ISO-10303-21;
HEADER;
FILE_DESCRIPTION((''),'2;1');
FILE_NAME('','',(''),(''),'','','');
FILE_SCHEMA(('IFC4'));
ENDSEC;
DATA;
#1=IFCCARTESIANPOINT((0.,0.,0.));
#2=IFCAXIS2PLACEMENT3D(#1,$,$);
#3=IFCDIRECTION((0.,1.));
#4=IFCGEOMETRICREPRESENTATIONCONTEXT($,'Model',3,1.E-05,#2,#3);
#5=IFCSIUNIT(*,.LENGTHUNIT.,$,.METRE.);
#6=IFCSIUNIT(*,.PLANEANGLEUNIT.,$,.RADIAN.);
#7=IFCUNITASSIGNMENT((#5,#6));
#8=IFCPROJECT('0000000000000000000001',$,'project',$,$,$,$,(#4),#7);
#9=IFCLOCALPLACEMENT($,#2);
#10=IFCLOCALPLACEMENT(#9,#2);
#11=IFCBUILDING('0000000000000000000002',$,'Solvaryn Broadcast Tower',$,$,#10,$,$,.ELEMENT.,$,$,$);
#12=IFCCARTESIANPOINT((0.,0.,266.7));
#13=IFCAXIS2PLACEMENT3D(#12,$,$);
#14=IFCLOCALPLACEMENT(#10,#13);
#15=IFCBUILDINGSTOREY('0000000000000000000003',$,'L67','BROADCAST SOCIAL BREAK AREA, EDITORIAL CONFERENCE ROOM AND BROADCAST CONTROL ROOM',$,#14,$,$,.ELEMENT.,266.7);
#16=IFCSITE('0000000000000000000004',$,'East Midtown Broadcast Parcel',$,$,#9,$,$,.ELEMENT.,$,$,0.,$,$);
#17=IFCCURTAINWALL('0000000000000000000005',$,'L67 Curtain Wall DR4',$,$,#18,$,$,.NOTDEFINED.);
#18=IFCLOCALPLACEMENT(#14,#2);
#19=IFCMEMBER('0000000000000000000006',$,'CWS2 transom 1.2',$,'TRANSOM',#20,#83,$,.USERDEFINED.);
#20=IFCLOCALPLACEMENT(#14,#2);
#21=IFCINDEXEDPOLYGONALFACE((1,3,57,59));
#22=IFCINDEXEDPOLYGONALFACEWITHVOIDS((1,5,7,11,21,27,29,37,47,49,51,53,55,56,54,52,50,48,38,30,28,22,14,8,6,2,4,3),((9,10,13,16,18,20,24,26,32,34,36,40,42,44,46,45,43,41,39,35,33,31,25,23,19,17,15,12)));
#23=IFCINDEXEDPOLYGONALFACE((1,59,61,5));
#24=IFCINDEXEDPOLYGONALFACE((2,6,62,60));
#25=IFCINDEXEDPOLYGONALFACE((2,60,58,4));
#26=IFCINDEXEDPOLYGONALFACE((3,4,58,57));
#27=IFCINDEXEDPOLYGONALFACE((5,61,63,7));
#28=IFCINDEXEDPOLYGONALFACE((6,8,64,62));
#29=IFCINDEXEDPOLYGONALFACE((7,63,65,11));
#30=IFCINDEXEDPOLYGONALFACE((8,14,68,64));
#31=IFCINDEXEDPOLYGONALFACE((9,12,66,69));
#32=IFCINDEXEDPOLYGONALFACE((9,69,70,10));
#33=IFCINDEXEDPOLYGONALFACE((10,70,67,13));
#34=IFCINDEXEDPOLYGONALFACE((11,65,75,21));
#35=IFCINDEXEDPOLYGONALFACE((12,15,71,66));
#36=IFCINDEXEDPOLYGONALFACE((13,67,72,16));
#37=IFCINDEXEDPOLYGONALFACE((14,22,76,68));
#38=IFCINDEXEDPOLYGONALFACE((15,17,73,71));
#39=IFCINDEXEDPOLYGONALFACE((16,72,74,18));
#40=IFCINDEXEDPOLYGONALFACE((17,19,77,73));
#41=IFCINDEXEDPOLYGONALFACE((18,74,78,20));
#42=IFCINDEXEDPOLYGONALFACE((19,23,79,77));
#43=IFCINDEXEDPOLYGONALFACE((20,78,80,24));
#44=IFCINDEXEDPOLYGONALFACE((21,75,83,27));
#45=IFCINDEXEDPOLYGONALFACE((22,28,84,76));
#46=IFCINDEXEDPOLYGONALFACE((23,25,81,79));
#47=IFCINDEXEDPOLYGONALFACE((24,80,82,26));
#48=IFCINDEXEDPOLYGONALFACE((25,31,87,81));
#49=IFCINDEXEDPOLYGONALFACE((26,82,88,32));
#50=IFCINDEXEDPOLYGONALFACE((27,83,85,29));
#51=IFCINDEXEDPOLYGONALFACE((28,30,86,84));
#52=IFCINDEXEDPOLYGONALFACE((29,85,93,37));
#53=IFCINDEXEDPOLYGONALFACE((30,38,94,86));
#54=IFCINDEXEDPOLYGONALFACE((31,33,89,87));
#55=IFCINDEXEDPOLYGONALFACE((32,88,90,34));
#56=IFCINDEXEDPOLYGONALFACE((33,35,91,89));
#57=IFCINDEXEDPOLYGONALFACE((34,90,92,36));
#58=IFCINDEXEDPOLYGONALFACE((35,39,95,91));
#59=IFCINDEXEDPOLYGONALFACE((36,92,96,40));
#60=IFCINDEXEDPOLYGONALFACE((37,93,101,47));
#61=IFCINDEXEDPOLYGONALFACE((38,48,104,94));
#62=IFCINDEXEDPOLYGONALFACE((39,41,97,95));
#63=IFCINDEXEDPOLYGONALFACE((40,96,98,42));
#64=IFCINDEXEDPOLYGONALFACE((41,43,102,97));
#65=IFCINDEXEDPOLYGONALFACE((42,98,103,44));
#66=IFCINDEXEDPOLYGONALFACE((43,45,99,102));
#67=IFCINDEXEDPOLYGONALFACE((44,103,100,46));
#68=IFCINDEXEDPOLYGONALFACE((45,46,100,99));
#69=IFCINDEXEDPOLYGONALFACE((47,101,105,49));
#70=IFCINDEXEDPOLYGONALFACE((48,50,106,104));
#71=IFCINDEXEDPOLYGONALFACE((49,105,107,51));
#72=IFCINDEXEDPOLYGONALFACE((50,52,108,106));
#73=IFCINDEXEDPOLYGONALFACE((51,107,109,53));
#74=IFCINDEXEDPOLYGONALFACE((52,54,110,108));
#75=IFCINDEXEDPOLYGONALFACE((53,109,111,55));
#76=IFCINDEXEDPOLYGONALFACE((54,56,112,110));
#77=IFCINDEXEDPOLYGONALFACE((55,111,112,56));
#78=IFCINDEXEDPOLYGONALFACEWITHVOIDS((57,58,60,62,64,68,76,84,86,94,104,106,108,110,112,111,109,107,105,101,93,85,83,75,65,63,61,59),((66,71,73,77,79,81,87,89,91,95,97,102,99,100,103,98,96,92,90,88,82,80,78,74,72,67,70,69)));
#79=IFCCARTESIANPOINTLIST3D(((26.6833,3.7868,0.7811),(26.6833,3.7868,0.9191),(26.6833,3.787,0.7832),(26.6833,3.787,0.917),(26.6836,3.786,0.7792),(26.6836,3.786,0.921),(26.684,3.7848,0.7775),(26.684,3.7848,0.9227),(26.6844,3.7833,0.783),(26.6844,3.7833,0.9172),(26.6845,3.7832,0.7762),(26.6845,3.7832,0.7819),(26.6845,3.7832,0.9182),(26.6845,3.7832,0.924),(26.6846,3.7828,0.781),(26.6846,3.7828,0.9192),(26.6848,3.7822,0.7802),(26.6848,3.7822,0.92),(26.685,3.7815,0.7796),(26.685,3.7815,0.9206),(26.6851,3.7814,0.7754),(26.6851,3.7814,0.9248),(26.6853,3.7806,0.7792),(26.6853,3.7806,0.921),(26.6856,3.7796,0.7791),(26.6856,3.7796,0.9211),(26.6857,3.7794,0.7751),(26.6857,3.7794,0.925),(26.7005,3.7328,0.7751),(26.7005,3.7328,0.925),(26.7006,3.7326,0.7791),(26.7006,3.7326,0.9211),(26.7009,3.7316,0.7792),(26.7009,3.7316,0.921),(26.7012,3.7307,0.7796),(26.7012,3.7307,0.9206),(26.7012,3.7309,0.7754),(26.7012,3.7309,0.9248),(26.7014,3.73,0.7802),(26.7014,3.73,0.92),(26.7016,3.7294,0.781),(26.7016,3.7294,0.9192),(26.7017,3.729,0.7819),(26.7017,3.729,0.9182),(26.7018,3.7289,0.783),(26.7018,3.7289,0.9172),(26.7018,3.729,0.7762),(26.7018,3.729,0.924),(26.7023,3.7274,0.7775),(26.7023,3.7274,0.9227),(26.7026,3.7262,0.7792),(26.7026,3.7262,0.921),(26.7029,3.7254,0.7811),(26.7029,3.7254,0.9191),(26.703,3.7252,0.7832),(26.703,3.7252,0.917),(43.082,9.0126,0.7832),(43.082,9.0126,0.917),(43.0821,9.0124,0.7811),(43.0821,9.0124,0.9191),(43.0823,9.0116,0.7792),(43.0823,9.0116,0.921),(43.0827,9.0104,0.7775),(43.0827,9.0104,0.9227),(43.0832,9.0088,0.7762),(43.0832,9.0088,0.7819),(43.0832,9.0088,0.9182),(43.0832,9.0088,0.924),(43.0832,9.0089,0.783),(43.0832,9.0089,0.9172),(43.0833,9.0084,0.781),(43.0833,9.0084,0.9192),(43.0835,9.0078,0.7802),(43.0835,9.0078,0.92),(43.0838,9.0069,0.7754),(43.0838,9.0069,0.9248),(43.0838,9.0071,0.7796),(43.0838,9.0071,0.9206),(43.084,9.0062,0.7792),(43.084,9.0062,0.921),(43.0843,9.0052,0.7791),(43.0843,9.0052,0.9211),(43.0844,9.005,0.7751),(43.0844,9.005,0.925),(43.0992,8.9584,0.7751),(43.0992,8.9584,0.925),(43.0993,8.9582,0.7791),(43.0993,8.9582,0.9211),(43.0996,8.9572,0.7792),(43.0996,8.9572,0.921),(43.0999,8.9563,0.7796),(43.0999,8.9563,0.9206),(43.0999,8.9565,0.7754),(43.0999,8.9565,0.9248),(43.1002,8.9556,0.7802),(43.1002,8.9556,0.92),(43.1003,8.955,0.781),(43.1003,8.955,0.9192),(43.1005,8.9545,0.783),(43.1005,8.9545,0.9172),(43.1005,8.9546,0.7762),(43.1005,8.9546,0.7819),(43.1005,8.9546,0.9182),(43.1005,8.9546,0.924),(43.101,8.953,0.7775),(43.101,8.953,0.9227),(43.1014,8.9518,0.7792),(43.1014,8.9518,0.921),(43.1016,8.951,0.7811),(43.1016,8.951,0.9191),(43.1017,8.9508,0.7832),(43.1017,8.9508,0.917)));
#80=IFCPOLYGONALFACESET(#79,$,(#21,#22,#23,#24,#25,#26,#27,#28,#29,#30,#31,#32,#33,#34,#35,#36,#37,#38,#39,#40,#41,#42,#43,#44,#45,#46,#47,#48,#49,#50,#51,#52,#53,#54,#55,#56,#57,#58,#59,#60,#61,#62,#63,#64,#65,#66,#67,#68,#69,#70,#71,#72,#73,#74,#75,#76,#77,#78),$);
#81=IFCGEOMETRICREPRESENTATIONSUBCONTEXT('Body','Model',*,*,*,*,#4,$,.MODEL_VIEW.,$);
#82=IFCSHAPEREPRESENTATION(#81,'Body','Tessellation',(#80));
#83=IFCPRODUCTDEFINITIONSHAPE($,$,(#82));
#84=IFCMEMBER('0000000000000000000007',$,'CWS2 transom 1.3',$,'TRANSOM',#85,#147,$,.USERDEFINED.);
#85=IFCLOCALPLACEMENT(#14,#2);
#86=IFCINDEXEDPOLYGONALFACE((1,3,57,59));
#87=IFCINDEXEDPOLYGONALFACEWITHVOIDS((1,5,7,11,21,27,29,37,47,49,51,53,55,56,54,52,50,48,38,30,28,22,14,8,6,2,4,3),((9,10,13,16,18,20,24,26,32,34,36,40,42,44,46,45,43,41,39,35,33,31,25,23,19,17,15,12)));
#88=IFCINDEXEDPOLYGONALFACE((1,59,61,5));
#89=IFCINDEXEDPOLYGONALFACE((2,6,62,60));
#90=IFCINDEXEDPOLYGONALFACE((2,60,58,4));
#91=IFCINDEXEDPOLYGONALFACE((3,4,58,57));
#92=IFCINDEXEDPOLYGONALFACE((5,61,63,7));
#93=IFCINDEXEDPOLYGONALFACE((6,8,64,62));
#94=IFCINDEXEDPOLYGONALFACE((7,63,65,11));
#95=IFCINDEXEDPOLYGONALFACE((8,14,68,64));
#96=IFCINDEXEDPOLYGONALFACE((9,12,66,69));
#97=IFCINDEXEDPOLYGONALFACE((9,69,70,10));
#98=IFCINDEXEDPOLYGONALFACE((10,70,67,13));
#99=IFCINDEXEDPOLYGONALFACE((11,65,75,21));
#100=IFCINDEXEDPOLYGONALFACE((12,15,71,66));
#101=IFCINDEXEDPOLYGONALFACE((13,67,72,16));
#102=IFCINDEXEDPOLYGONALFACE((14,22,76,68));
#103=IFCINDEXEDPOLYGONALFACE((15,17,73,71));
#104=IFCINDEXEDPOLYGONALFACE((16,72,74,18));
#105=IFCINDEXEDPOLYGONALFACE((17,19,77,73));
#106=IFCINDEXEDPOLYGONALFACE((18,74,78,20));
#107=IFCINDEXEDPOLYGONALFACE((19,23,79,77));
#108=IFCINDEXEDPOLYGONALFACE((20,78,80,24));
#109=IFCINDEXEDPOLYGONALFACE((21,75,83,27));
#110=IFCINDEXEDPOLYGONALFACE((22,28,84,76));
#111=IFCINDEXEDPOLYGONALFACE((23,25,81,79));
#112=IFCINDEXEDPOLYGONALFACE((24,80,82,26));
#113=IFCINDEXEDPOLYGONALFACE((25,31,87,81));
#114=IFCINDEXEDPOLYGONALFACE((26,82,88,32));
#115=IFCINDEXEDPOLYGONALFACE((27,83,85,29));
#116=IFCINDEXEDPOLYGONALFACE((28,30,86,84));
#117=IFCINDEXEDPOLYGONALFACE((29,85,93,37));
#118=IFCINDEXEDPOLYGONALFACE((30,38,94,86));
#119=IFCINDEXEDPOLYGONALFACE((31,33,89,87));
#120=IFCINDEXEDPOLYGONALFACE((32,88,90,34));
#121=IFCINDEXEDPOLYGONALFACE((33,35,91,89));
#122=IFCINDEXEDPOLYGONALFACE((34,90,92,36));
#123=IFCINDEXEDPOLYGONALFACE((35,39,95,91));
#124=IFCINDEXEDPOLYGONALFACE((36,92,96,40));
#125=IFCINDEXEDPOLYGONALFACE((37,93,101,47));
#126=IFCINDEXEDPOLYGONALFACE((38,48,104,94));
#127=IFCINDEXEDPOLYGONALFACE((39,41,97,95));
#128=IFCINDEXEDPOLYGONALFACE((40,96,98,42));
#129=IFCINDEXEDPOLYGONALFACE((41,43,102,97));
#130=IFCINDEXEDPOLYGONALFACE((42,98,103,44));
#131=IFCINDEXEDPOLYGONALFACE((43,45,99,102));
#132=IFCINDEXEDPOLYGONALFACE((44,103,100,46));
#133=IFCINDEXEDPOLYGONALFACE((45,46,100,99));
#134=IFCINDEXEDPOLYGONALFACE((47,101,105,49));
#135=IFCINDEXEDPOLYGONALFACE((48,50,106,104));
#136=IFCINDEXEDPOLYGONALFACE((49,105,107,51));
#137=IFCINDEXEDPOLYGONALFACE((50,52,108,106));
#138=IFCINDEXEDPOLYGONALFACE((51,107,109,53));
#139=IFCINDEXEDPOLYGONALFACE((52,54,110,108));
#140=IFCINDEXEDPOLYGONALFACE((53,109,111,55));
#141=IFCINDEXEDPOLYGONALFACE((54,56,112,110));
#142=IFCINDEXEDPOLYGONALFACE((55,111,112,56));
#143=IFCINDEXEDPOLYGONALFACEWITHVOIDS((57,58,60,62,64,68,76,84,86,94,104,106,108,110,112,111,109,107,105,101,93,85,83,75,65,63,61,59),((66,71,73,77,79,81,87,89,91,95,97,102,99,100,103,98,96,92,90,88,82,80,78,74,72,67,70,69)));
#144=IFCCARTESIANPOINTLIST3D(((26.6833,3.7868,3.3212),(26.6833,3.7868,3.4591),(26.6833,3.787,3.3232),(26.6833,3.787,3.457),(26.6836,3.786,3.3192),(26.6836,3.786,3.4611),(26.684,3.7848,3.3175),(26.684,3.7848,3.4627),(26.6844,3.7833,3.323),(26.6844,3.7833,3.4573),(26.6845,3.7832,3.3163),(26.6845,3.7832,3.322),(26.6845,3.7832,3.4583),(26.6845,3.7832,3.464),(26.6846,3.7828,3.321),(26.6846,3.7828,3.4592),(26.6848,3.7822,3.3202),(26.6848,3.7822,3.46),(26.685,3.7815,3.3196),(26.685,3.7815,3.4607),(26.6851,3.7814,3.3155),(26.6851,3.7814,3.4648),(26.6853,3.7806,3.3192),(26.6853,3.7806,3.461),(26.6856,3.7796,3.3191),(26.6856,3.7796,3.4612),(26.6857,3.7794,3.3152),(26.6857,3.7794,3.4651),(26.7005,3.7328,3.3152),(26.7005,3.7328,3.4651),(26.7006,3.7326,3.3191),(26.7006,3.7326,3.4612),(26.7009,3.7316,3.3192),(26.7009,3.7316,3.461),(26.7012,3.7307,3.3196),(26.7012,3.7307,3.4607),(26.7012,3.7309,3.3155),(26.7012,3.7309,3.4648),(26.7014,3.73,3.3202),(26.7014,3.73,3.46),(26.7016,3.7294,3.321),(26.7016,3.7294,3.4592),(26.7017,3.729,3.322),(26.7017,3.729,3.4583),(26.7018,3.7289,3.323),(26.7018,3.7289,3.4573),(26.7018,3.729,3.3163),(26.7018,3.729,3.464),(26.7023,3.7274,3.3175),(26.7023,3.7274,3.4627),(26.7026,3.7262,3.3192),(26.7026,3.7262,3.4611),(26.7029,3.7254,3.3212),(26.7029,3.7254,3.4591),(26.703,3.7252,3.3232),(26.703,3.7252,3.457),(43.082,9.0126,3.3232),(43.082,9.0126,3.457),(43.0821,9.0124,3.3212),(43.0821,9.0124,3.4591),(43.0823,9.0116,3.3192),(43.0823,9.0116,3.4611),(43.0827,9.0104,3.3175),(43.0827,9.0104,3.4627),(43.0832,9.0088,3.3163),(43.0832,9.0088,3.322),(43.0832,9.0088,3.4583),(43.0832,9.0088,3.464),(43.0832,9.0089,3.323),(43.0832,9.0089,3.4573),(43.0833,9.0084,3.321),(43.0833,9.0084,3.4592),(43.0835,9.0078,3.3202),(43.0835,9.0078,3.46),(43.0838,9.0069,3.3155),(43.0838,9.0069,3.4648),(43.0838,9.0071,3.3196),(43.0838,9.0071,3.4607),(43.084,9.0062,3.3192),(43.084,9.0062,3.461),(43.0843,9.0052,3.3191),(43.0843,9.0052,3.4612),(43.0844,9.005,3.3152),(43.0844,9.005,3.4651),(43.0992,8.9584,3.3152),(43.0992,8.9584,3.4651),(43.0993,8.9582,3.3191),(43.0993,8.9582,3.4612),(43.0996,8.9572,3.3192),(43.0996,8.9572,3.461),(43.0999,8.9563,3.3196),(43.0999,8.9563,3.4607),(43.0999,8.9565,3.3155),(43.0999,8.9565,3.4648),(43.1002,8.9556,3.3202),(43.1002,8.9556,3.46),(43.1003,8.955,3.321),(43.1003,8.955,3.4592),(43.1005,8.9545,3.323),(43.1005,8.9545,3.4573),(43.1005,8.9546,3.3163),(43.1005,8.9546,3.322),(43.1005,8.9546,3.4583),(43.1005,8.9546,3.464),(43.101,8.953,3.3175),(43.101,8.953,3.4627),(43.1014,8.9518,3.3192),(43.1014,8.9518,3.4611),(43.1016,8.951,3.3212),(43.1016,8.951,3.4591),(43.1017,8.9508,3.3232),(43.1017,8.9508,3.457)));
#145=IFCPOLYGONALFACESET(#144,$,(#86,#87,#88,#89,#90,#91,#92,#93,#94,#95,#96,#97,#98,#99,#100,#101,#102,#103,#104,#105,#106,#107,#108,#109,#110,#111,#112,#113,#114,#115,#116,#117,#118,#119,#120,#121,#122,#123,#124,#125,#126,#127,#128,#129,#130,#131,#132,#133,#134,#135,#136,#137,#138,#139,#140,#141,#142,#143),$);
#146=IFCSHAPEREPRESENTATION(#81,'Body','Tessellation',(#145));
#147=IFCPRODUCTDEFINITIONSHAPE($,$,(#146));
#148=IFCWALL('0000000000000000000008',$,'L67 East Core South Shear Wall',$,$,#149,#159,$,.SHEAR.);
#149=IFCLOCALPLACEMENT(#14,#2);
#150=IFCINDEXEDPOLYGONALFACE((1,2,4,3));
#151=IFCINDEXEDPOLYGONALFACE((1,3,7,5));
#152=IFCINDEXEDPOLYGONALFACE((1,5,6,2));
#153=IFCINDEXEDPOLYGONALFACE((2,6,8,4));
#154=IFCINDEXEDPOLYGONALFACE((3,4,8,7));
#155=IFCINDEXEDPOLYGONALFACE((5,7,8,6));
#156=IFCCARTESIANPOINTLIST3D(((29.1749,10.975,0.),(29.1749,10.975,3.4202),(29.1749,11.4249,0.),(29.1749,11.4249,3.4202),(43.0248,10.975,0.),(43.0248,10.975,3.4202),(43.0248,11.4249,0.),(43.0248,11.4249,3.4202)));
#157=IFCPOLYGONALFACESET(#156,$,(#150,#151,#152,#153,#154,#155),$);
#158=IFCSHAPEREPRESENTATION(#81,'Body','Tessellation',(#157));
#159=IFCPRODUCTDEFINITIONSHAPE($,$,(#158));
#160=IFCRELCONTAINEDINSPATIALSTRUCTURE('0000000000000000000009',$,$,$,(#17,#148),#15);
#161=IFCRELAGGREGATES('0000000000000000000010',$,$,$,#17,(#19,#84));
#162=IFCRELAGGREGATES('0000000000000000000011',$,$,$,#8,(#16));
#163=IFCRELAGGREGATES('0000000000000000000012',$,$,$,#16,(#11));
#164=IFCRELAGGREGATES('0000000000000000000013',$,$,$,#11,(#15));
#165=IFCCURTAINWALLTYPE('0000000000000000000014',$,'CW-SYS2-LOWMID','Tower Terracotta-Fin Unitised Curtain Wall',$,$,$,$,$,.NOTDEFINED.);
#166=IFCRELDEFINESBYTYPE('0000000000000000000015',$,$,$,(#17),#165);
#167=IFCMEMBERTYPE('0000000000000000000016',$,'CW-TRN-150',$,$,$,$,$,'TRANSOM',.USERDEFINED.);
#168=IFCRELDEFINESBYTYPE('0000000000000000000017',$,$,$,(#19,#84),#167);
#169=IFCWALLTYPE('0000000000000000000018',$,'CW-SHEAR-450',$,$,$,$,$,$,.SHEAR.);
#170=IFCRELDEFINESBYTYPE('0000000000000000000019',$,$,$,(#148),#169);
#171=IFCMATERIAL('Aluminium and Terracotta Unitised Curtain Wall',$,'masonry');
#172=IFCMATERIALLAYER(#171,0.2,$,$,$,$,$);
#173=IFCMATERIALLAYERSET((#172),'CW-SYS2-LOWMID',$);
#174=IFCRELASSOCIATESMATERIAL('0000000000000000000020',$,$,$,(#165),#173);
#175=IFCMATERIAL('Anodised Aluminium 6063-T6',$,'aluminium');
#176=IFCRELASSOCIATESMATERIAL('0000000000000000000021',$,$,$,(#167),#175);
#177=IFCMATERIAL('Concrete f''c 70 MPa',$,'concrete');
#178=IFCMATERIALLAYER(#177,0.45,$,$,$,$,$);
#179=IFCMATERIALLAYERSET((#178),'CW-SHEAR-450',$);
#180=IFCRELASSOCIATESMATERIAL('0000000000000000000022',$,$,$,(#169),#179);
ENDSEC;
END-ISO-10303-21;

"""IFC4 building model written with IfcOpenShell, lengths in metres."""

from ifc_helpers import new_model, si_unit, direction, frame, frame_2d, origin, origin_2d, place, context, subcontext, project, spatial, rectangle, hollow_rectangle, extrude, material, layer, layer_set, material_profile, profile_set, type_object, element, aggregate, save


model = new_model("IFC4")

# Units and contexts
model_context = context("Model", 3, precision=1e-05, world=origin(), true_north=direction((0.0, 1.0)))
body_context = subcontext(model_context, "Body", "Model", "MODEL_VIEW")
ifc_project = project(units=[si_unit("LENGTHUNIT", "METRE"), si_unit("PLANEANGLEUNIT", "RADIAN")], contexts=[model_context])

# Site, building, storey
site_placement = place(None, origin())
site = spatial("IfcSite", under=ifc_project, at=site_placement, Name="East Midtown Broadcast Parcel", CompositionType="ELEMENT", RefElevation=0.0)
building_placement = place(site_placement, origin())
building = spatial("IfcBuilding", under=site, at=building_placement, Name="Solvaryn Broadcast Tower", CompositionType="ELEMENT")
storey_placement = place(building_placement, frame((0.0, 0.0, 266.7)))
storey = spatial("IfcBuildingStorey", under=building, at=storey_placement, Name="L67", Description="BROADCAST SOCIAL BREAK AREA, EDITORIAL CONFERENCE ROOM AND BROADCAST CONTROL ROOM", CompositionType="ELEMENT", Elevation=266.7)

# Shared definitions
ifc_material_1 = material(Name="Aluminium and Terracotta Unitised Curtain Wall", Category="masonry")
ifc_layer_1 = layer(ifc_material_1, 0.2)
ifc_layer_set_1 = layer_set([ifc_layer_1], Name="CW-SYS2-LOWMID")
curtain_wall_type = type_object("IfcCurtainWallType", Name="CW-SYS2-LOWMID", Description="Tower Terracotta-Fin Unitised Curtain Wall", PredefinedType="NOTDEFINED", material=ifc_layer_set_1)

# Curtain wall, members
curtain_wall_1_placement = place(storey_placement, origin())
curtain_wall_1 = element("IfcCurtainWall", 1, at=curtain_wall_1_placement, inside=storey, type_object=curtain_wall_type, Name="L67 Curtain Wall DR4", PredefinedType="NOTDEFINED")
ifc_material_2 = material(Name="Anodised Aluminium 6063-T6", Category="aluminium")
ifc_material_profile_1 = material_profile(ifc_material_2, hollow_rectangle(XDim=0.0649, YDim=0.1499, WallThickness=0.0039, InnerFilletRadius=0.0039, OuterFilletRadius=0.0081, at=origin_2d()))
ifc_profile_set_1 = profile_set([ifc_material_profile_1], Name="Anodised Aluminium 6063-T6")
member_type_1 = type_object("IfcMemberType", Name="CW-TRN-150", ElementType="TRANSOM", PredefinedType="USERDEFINED", material=ifc_profile_set_1)
member_1_placement = place(storey_placement, frame((26.6931, 3.7561, 0.8501), z_axis=(0.952794, 0.303616, 0.0), x_axis=(-0.303616, 0.952794, 0.0)))
member_1 = element("IfcMember", 2, at=member_1_placement, type_object=member_type_1, Name="CWS2 transom 1.2", ObjectType="TRANSOM", PredefinedType="USERDEFINED", context=body_context, shape_type="SweptSolid", body=[
    extrude(hollow_rectangle(XDim=0.0649, YDim=0.1499, WallThickness=0.0039, InnerFilletRadius=0.0039, OuterFilletRadius=0.0081, at=origin_2d()), origin(), (0.0, 0.0, 1.0), 17.2112),
])
member_2_placement = place(storey_placement, frame((26.6931, 3.7561, 3.3901), z_axis=(0.952794, 0.303616, 0.0), x_axis=(-0.303616, 0.952794, 0.0)))
member_2 = element("IfcMember", 3, at=member_2_placement, type_object=member_type_1, Name="CWS2 transom 1.3", ObjectType="TRANSOM", PredefinedType="USERDEFINED", context=body_context, shape_type="SweptSolid", body=[
    extrude(hollow_rectangle(XDim=0.0649, YDim=0.1499, WallThickness=0.0039, InnerFilletRadius=0.0039, OuterFilletRadius=0.0081, at=origin_2d()), origin(), (0.0, 0.0, 1.0), 17.2112),
])
aggregate(curtain_wall_1, [member_1, member_2])

# Wall
ifc_material_3 = material(Name="Concrete f'c 70 MPa", Category="concrete")
ifc_layer_2 = layer(ifc_material_3, 0.45)
ifc_layer_set_2 = layer_set([ifc_layer_2], Name="CW-SHEAR-450")
wall_type_1 = type_object("IfcWallType", Name="CW-SHEAR-450", PredefinedType="SHEAR", material=ifc_layer_set_2)
wall_1_placement = place(storey_placement, frame((29.175, 11.2, 0.0), z_axis=(0.0, 0.0, 1.0), x_axis=(1.0, 0.0, 0.0)))
element("IfcWall", 4, at=wall_1_placement, inside=storey, type_object=wall_type_1, Name="L67 East Core South Shear Wall", PredefinedType="SHEAR", context=body_context, shape_type="SweptSolid", body=[
    extrude(rectangle(XDim=13.8499, YDim=0.45, at=frame_2d((6.9248, 0.0))), origin(), (0.0, 0.0, 1.0), 3.4202),
])

save(model, "model.ifc")
